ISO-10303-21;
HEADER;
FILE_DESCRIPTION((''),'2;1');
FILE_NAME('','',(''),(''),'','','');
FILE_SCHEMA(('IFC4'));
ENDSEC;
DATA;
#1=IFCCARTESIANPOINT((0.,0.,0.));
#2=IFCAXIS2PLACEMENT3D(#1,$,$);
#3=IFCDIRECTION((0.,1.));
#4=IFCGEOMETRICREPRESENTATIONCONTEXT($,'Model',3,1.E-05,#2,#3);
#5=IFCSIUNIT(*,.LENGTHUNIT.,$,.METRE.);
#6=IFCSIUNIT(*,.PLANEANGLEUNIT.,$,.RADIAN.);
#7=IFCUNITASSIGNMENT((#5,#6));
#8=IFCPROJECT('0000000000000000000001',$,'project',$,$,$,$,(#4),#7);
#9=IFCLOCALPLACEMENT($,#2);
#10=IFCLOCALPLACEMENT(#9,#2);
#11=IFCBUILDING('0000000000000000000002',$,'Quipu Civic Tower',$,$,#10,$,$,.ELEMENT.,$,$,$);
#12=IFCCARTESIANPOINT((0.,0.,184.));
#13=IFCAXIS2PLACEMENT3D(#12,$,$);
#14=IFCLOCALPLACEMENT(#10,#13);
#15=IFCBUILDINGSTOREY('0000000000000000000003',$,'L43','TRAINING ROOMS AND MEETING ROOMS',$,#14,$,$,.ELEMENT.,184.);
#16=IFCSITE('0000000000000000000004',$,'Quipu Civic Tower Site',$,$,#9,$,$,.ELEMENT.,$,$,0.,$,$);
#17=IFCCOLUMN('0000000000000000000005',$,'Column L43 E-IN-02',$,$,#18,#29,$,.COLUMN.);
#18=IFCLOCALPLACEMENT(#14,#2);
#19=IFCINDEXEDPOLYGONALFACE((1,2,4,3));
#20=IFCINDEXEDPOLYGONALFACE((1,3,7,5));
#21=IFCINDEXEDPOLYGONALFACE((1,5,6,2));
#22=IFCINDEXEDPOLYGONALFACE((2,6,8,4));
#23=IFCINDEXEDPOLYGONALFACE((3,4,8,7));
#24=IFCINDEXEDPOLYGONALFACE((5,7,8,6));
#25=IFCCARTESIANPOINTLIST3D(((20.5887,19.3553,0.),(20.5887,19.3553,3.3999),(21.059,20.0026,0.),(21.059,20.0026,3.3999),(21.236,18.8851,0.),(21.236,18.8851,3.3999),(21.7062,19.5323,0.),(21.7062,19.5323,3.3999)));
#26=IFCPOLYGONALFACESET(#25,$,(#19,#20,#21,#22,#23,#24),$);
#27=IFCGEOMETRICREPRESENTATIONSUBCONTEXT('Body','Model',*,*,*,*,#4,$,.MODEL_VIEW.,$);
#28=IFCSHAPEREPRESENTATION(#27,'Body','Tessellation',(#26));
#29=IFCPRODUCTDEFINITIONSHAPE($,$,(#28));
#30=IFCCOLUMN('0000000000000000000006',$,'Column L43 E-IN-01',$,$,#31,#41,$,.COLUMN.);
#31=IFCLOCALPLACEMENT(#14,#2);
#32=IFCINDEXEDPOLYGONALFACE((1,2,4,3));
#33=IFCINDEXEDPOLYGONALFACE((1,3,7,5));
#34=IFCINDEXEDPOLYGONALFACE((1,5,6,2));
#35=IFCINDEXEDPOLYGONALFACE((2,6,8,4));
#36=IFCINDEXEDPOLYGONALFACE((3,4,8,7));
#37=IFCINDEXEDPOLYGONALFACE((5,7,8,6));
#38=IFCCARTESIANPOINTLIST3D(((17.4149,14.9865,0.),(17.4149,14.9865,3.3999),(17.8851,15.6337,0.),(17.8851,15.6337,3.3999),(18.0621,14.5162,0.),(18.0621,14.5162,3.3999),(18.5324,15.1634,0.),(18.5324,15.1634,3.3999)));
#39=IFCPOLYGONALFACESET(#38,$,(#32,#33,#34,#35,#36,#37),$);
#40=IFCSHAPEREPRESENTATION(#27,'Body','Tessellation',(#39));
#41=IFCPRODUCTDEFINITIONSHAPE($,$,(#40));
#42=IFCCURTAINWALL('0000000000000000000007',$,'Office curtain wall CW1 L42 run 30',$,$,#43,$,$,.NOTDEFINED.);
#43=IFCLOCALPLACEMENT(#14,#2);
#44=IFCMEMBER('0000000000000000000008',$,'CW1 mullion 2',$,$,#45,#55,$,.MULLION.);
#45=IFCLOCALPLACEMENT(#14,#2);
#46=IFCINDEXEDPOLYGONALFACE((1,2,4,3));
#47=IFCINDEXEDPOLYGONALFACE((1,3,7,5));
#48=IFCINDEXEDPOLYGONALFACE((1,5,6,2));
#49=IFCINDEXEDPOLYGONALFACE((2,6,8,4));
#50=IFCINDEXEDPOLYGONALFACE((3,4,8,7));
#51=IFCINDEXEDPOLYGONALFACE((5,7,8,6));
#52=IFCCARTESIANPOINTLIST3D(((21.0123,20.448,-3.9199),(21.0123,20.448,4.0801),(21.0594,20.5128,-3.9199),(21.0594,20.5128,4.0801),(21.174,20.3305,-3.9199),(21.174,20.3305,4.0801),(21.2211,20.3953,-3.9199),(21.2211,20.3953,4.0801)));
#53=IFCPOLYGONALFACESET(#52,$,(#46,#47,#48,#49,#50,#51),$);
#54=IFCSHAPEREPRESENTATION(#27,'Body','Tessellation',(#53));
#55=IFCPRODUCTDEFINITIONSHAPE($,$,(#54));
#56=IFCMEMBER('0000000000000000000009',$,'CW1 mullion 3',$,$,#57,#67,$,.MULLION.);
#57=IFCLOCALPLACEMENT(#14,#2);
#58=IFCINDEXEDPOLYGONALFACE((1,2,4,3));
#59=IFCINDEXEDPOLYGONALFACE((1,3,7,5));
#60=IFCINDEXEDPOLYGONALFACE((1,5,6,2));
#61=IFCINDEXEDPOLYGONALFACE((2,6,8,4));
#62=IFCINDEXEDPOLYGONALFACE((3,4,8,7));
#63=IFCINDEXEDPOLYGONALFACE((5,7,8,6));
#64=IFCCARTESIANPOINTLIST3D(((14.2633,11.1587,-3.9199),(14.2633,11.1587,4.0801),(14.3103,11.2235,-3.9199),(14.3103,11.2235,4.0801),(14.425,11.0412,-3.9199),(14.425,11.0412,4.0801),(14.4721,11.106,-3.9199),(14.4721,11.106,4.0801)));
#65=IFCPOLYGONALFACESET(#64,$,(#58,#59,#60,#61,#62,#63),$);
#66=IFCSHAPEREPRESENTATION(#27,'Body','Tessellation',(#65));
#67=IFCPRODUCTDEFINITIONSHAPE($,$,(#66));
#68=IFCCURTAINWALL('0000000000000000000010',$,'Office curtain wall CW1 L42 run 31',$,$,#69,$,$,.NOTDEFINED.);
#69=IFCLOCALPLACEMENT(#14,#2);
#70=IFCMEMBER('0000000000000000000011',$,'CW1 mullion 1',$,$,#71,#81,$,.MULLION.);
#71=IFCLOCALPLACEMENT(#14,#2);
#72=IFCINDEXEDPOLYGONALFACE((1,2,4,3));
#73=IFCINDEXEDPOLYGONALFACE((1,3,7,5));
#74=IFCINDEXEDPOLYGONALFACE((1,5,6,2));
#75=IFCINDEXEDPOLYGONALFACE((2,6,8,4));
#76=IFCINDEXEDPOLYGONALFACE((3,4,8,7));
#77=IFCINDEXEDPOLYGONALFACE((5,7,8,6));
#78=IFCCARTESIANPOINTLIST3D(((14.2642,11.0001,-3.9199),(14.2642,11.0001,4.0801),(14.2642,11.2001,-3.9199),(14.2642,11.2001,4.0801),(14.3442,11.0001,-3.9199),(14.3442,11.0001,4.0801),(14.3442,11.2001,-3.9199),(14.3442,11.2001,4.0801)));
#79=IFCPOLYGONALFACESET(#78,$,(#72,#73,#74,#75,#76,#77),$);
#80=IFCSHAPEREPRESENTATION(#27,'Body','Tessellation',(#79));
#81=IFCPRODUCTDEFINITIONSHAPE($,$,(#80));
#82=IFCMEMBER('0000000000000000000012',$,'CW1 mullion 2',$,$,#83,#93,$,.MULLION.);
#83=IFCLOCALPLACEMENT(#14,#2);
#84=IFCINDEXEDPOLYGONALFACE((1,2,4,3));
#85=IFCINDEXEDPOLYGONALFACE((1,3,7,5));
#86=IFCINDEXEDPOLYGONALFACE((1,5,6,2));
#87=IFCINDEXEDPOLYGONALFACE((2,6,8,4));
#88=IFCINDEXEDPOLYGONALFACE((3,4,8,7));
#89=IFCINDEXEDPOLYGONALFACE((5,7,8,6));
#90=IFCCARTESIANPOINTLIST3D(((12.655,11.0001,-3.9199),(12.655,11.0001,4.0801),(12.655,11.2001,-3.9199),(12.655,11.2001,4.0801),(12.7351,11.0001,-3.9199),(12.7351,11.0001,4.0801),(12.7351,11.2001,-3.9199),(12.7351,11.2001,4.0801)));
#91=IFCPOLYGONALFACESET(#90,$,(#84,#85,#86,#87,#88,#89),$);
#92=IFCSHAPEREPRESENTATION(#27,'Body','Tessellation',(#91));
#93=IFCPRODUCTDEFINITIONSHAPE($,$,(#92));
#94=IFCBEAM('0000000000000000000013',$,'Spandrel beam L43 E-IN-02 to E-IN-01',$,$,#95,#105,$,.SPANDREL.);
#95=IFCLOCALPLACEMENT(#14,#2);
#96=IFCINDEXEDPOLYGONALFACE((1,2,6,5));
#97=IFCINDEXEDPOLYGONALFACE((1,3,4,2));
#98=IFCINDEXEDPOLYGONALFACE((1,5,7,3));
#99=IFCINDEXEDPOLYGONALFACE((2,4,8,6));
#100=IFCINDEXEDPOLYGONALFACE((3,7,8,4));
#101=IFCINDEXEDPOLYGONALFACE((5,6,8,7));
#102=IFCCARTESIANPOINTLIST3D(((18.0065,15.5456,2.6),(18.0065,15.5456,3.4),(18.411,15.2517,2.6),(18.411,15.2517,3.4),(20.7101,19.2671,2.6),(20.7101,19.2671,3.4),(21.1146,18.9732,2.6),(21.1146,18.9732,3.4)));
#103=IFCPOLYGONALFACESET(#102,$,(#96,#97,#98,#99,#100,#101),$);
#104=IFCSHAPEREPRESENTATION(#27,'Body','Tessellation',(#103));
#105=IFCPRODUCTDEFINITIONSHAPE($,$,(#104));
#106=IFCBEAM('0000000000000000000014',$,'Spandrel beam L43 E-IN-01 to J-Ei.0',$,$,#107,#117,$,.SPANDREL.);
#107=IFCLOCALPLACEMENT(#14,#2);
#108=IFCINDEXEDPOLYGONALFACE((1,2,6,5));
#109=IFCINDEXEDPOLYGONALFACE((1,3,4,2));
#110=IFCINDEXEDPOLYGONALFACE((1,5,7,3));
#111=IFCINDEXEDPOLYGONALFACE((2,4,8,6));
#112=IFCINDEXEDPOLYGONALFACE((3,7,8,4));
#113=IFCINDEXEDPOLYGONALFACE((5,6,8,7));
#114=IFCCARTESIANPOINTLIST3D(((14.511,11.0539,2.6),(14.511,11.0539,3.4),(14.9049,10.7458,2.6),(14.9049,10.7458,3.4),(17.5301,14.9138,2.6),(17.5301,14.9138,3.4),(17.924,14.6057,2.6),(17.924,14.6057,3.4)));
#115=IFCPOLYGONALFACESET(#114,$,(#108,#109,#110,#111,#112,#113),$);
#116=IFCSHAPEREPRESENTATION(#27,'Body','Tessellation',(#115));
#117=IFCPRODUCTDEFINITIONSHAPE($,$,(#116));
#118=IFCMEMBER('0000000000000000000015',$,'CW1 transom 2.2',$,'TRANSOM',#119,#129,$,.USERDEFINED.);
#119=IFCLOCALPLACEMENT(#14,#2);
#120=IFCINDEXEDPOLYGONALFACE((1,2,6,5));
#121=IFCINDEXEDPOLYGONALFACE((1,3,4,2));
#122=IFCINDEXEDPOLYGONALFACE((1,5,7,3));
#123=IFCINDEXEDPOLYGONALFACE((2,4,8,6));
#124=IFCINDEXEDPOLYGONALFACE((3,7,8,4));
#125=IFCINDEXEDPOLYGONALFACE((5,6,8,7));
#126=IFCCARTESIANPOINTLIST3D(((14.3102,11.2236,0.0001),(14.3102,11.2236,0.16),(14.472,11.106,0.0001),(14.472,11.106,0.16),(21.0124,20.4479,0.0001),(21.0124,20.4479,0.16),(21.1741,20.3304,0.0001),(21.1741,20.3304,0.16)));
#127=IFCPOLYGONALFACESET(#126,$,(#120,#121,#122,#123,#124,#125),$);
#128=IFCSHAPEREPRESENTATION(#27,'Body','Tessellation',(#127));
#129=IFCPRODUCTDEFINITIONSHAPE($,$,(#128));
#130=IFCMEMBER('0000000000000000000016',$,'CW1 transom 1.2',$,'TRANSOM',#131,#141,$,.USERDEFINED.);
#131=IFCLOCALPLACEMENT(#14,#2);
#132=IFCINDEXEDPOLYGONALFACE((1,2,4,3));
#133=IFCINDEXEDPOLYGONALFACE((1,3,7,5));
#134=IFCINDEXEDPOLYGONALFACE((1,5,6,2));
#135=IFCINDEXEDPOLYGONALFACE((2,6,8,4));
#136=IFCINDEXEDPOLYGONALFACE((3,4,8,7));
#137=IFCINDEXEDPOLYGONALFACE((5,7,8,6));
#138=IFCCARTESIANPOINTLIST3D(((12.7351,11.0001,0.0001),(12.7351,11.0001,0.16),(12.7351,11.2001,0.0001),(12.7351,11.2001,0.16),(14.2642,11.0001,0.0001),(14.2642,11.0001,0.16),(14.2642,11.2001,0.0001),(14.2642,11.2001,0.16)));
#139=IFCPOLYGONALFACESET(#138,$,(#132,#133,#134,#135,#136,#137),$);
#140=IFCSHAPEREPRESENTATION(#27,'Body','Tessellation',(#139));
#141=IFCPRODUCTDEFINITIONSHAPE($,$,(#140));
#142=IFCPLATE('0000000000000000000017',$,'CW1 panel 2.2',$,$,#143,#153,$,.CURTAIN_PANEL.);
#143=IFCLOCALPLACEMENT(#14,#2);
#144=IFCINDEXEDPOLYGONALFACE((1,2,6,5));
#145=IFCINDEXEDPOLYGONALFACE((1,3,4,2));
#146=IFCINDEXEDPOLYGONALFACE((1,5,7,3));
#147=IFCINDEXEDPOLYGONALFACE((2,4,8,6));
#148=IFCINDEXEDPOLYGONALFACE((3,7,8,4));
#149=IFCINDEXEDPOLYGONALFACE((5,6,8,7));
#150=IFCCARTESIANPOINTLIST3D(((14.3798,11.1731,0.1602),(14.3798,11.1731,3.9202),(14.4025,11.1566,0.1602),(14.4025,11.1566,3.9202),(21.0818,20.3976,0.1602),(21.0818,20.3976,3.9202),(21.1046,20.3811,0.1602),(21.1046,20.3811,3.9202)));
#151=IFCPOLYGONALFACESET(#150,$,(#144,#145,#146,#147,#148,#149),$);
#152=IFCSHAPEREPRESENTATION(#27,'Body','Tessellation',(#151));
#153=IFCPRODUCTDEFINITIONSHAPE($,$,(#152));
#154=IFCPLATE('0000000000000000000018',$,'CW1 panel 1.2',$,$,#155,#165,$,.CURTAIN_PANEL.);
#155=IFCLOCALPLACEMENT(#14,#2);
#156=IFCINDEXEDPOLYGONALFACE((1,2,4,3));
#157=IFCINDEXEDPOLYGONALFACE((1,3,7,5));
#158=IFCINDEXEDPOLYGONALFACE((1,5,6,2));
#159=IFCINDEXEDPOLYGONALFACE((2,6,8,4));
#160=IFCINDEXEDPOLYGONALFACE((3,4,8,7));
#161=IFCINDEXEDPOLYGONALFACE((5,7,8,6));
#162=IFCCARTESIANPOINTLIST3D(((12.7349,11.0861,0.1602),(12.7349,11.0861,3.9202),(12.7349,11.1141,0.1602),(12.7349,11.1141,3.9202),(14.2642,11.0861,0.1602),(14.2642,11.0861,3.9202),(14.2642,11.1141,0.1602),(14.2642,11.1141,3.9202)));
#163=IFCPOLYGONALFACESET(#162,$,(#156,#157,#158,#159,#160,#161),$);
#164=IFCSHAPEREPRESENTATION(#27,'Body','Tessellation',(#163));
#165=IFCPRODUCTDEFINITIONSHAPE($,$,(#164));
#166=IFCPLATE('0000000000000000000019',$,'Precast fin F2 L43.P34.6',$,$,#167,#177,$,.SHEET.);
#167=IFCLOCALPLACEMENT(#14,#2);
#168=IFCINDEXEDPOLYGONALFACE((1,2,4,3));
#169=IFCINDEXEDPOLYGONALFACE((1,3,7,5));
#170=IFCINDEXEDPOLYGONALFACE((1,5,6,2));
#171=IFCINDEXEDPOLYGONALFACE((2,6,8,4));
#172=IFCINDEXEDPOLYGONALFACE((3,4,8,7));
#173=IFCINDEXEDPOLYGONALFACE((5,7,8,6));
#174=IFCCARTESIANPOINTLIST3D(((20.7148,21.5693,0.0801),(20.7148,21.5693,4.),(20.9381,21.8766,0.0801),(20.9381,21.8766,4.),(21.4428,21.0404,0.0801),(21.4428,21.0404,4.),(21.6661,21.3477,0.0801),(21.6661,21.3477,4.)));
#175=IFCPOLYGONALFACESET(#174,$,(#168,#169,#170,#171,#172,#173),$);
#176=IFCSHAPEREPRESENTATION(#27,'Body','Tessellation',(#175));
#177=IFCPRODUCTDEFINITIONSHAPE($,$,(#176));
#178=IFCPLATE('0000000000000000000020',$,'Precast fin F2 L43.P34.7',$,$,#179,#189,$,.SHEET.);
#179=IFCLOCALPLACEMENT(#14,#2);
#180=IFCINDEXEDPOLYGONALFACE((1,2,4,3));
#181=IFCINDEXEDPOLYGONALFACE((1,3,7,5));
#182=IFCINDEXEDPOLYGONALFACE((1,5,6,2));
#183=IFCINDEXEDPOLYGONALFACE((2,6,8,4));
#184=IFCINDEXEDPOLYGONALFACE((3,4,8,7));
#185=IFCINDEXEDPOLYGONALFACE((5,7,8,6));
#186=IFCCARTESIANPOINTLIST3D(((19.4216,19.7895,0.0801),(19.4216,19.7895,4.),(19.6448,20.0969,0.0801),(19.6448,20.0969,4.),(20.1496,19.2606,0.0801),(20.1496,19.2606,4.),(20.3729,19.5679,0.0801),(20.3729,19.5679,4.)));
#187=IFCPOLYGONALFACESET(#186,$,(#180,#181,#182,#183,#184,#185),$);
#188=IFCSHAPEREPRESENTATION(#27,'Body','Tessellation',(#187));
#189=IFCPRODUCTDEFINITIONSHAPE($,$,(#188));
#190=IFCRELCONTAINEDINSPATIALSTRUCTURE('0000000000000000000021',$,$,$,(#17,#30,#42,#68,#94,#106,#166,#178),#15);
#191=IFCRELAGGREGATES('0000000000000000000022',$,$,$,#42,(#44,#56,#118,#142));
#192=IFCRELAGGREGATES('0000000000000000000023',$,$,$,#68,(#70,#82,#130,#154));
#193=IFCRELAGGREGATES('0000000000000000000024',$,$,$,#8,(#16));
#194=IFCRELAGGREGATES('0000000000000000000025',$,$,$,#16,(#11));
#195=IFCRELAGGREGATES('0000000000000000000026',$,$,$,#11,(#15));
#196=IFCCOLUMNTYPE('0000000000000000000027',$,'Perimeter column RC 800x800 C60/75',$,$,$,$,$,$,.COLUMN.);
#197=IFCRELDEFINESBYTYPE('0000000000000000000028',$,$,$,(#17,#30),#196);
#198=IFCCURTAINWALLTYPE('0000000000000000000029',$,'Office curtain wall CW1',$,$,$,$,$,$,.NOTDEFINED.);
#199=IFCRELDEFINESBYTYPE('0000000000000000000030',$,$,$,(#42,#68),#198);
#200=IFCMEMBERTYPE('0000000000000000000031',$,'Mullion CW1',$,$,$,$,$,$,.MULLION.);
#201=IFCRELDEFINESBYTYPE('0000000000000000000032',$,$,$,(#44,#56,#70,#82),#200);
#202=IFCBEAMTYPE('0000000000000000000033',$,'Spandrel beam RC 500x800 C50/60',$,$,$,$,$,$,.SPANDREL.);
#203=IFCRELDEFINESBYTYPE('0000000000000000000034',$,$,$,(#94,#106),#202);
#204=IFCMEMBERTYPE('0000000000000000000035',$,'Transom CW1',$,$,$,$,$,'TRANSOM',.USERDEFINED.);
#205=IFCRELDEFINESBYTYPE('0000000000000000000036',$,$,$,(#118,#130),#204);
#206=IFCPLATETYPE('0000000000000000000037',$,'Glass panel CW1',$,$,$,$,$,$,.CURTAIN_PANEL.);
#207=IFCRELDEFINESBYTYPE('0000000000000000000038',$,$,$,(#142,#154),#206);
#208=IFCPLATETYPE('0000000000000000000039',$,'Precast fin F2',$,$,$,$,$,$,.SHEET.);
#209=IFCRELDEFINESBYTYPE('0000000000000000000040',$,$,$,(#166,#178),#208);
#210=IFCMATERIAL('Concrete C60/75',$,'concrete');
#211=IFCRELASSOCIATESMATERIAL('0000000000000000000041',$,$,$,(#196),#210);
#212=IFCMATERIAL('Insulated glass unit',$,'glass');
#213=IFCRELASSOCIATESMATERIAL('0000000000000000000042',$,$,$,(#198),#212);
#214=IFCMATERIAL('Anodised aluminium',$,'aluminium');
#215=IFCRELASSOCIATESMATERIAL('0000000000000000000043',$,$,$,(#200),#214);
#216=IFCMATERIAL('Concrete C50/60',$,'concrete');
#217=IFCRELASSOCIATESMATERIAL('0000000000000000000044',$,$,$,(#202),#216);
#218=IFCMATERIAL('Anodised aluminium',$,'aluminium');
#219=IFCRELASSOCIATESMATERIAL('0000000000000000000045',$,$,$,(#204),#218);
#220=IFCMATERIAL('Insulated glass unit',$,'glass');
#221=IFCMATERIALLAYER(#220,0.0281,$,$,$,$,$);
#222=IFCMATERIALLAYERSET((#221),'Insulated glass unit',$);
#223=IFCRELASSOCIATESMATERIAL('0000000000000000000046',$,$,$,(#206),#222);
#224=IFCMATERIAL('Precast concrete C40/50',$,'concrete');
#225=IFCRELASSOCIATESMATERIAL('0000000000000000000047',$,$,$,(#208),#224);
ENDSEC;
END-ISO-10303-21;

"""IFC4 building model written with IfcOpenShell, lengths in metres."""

from ifc_helpers import new_model, si_unit, direction, frame, origin, origin_2d, place, context, subcontext, project, spatial, rectangle, extrude, material, layer, layer_set, material_profile, profile_set, type_object, element, aggregate, save


model = new_model("IFC4")

# Units and contexts
model_context = context("Model", 3, precision=1e-05, world=origin(), true_north=direction((0.0, 1.0)))
body_context = subcontext(model_context, "Body", "Model", "MODEL_VIEW")
ifc_project = project(units=[si_unit("LENGTHUNIT", "METRE"), si_unit("PLANEANGLEUNIT", "RADIAN")], contexts=[model_context])

# Site, building, storey
site_placement = place(None, origin())
site = spatial("IfcSite", under=ifc_project, at=site_placement, Name="Quipu Civic Tower Site", CompositionType="ELEMENT", RefElevation=0.0)
building_placement = place(site_placement, origin())
building = spatial("IfcBuilding", under=site, at=building_placement, Name="Quipu Civic Tower", CompositionType="ELEMENT")
storey_placement = place(building_placement, frame((0.0, 0.0, 184.0)))
storey = spatial("IfcBuildingStorey", under=building, at=storey_placement, Name="L43", Description="TRAINING ROOMS AND MEETING ROOMS", CompositionType="ELEMENT", Elevation=184.0)

# Columns
ifc_material_1 = material(Name="Concrete C60/75", Category="concrete")
ifc_material_profile_1 = material_profile(ifc_material_1, rectangle(XDim=0.8, YDim=0.8, at=origin_2d()), Name="RC800x800")
ifc_profile_set_1 = profile_set([ifc_material_profile_1], Name="Concrete C60/75")
column_type = type_object("IfcColumnType", Name="Perimeter column RC 800x800 C60/75", PredefinedType="COLUMN", material=ifc_profile_set_1)
for number, where, z_axis, x_axis, name in (
    (1, (21.1475, 19.4438, 0.0), (0.0, 0.0, 1.0), (-0.587785, -0.809017, 0.0), "Column L43 E-IN-02"),
    (2, (17.9736, 15.075, 0.0), (0.0, 0.0, 1.0), (-0.587785, -0.809017, 0.0), "Column L43 E-IN-01"),
):
    element("IfcColumn", number, at=place(storey_placement, frame(where, z_axis=z_axis, x_axis=x_axis)), inside=storey, type_object=column_type, Name=name, PredefinedType="COLUMN", context=body_context, shape_type="SweptSolid", body=[
        extrude(rectangle(XDim=0.8, YDim=0.8, at=origin_2d()), origin(), (0.0, 0.0, 1.0), 3.3999),
    ])

# Curtain walls, members
ifc_material_2 = material(Name="Insulated glass unit", Category="glass")
curtain_wall_type = type_object("IfcCurtainWallType", Name="Office curtain wall CW1", PredefinedType="NOTDEFINED", material=ifc_material_2)
curtain_wall_1_placement = place(storey_placement, origin())
curtain_wall_1 = element("IfcCurtainWall", 3, at=curtain_wall_1_placement, inside=storey, type_object=curtain_wall_type, Name="Office curtain wall CW1 L42 run 30", PredefinedType="NOTDEFINED")
ifc_material_3 = material(Name="Anodised aluminium", Category="aluminium")
ifc_material_profile_2 = material_profile(ifc_material_3, rectangle(XDim=0.2, YDim=0.0801, at=origin_2d()), Name="RECT 200x80")
ifc_profile_set_2 = profile_set([ifc_material_profile_2], Name="Anodised aluminium")
member_type_1 = type_object("IfcMemberType", Name="Mullion CW1", PredefinedType="MULLION", material=ifc_profile_set_2)
member_1_placement = place(storey_placement, frame((21.1167, 20.4216, -3.9199), z_axis=(0.0, 0.0, 1.0), x_axis=(0.809014, -0.587789, 0.0)))
member_1 = element("IfcMember", 4, at=member_1_placement, type_object=member_type_1, Name="CW1 mullion 2", PredefinedType="MULLION", context=body_context, shape_type="SweptSolid", body=[
    extrude(rectangle(XDim=0.2, YDim=0.0801, at=origin_2d()), origin(), (0.0, 0.0, 1.0), 8.0),
])
member_2_placement = place(storey_placement, frame((14.3677, 11.1323, -3.9199), z_axis=(0.0, 0.0, 1.0), x_axis=(0.809014, -0.587789, 0.0)))
member_2 = element("IfcMember", 5, at=member_2_placement, type_object=member_type_1, Name="CW1 mullion 3", PredefinedType="MULLION", context=body_context, shape_type="SweptSolid", body=[
    extrude(rectangle(XDim=0.2, YDim=0.0801, at=origin_2d()), origin(), (0.0, 0.0, 1.0), 8.0),
])
curtain_wall_2_placement = place(storey_placement, origin())
curtain_wall_2 = element("IfcCurtainWall", 6, at=curtain_wall_2_placement, inside=storey, type_object=curtain_wall_type, Name="Office curtain wall CW1 L42 run 31", PredefinedType="NOTDEFINED")
member_3_placement = place(storey_placement, frame((14.3042, 11.1001, -3.9199), z_axis=(0.0, 0.0, 1.0), x_axis=(0.0, -1.0, 0.0)))
member_3 = element("IfcMember", 7, at=member_3_placement, type_object=member_type_1, Name="CW1 mullion 1", PredefinedType="MULLION", context=body_context, shape_type="SweptSolid", body=[
    extrude(rectangle(XDim=0.2, YDim=0.0801, at=origin_2d()), origin(), (0.0, 0.0, 1.0), 8.0),
])
member_4_placement = place(storey_placement, frame((12.6951, 11.1001, -3.9199), z_axis=(0.0, 0.0, 1.0), x_axis=(0.0, -1.0, 0.0)))
member_4 = element("IfcMember", 8, at=member_4_placement, type_object=member_type_1, Name="CW1 mullion 2", PredefinedType="MULLION", context=body_context, shape_type="SweptSolid", body=[
    extrude(rectangle(XDim=0.2, YDim=0.0801, at=origin_2d()), origin(), (0.0, 0.0, 1.0), 8.0),
])

# Beams
ifc_material_4 = material(Name="Concrete C50/60", Category="concrete")
ifc_material_profile_3 = material_profile(ifc_material_4, rectangle(XDim=0.5, YDim=0.8, at=origin_2d()), Name="RC500x800")
ifc_profile_set_3 = profile_set([ifc_material_profile_3], Name="Concrete C50/60")
beam_type = type_object("IfcBeamType", Name="Spandrel beam RC 500x800 C50/60", PredefinedType="SPANDREL", material=ifc_profile_set_3)
beam_1_placement = place(storey_placement, frame((20.9124, 19.1201, 3.0), z_axis=(-0.587761, -0.809034, 0.0), x_axis=(0.809034, -0.587761, 0.0)))
element("IfcBeam", 9, at=beam_1_placement, inside=storey, type_object=beam_type, Name="Spandrel beam L43 E-IN-02 to E-IN-01", PredefinedType="SPANDREL", context=body_context, shape_type="SweptSolid", body=[
    extrude(rectangle(XDim=0.5, YDim=0.8, at=origin_2d()), origin(), (0.0, 0.0, 1.0), 4.5999),
])
beam_2_placement = place(storey_placement, frame((17.7271, 14.7598, 3.0), z_axis=(-0.616091, -0.787675, 0.0), x_axis=(0.787675, -0.616091, 0.0)))
element("IfcBeam", 10, at=beam_2_placement, inside=storey, type_object=beam_type, Name="Spandrel beam L43 E-IN-01 to J-Ei.0", PredefinedType="SPANDREL", context=body_context, shape_type="SweptSolid", body=[
    extrude(rectangle(XDim=0.5, YDim=0.8, at=origin_2d()), origin(), (0.0, 0.0, 1.0), 4.9004),
])

# Members
ifc_material_5 = material(Name="Anodised aluminium", Category="aluminium")
ifc_material_profile_4 = material_profile(ifc_material_5, rectangle(XDim=0.2, YDim=0.1599, at=origin_2d()), Name="RECT 200x160")
ifc_profile_set_4 = profile_set([ifc_material_profile_4], Name="Anodised aluminium")
member_type_2 = type_object("IfcMemberType", Name="Transom CW1", ElementType="TRANSOM", PredefinedType="USERDEFINED", material=ifc_profile_set_4)
member_5_placement = place(storey_placement, frame((21.0933, 20.3892, 0.0801), z_axis=(-0.5878, -0.809006, 0.0), x_axis=(0.809006, -0.5878, 0.0)))
member_5 = element("IfcMember", 11, at=member_5_placement, type_object=member_type_2, Name="CW1 transom 2.2", ObjectType="TRANSOM", PredefinedType="USERDEFINED", context=body_context, shape_type="SweptSolid", body=[
    extrude(rectangle(XDim=0.2, YDim=0.1599, at=origin_2d()), origin(), (0.0, 0.0, 1.0), 11.4021),
])
member_6_placement = place(storey_placement, frame((14.2642, 11.1001, 0.0801), z_axis=(-1.0, 0.0, 0.0), x_axis=(0.0, -1.0, 0.0)))
member_6 = element("IfcMember", 12, at=member_6_placement, type_object=member_type_2, Name="CW1 transom 1.2", ObjectType="TRANSOM", PredefinedType="USERDEFINED", context=body_context, shape_type="SweptSolid", body=[
    extrude(rectangle(XDim=0.2, YDim=0.1599, at=origin_2d()), origin(), (0.0, 0.0, 1.0), 1.5291),
])

# Plates
ifc_material_6 = material(Name="Insulated glass unit", Category="glass")
ifc_layer = layer(ifc_material_6, 0.0281)
ifc_layer_set = layer_set([ifc_layer], Name="Insulated glass unit")
plate_type_1 = type_object("IfcPlateType", Name="Glass panel CW1", PredefinedType="CURTAIN_PANEL", material=ifc_layer_set)
plate_1_placement = place(storey_placement, frame((17.7422, 15.7771, 0.1602), z_axis=(0.0, 0.0, 1.0), x_axis=(-0.587789, -0.809014, 0.0)))
plate_1 = element("IfcPlate", 13, at=plate_1_placement, type_object=plate_type_1, Name="CW1 panel 2.2", PredefinedType="CURTAIN_PANEL", context=body_context, shape_type="SweptSolid", body=[
    extrude(rectangle(XDim=11.4021, YDim=0.0281, at=origin_2d()), origin(), (0.0, 0.0, 1.0), 3.76),
])
aggregate(curtain_wall_1, [member_1, member_2, member_5, plate_1])
plate_2_placement = place(storey_placement, frame((13.4995, 11.1001, 0.1602), z_axis=(0.0, 0.0, 1.0), x_axis=(-1.0, 0.0, 0.0)))
plate_2 = element("IfcPlate", 14, at=plate_2_placement, type_object=plate_type_1, Name="CW1 panel 1.2", PredefinedType="CURTAIN_PANEL", context=body_context, shape_type="SweptSolid", body=[
    extrude(rectangle(XDim=1.5293, YDim=0.0281, at=origin_2d()), origin(), (0.0, 0.0, 1.0), 3.76),
])
aggregate(curtain_wall_2, [member_3, member_4, member_6, plate_2])

# Plates
ifc_material_7 = material(Name="Precast concrete C40/50", Category="concrete")
plate_type_2 = type_object("IfcPlateType", Name="Precast fin F2", PredefinedType="SHEET", material=ifc_material_7)
for number, where, z_axis, x_axis, name in (
    (15, (21.1904, 21.4585, 0.0801), (0.0, 0.0, 1.0), (-0.587787, -0.809016, 0.0), "Precast fin F2 L43.P34.6"),
    (16, (19.8972, 19.6787, 0.0801), (0.0, 0.0, 1.0), (-0.587787, -0.809016, 0.0), "Precast fin F2 L43.P34.7"),
):
    element("IfcPlate", number, at=place(storey_placement, frame(where, z_axis=z_axis, x_axis=x_axis)), inside=storey, type_object=plate_type_2, Name=name, PredefinedType="SHEET", context=body_context, shape_type="SweptSolid", body=[
        extrude(rectangle(XDim=0.3799, YDim=0.8999, at=origin_2d()), origin(), (0.0, 0.0, 1.0), 3.9199),
    ])

save(model, "model.ifc")
